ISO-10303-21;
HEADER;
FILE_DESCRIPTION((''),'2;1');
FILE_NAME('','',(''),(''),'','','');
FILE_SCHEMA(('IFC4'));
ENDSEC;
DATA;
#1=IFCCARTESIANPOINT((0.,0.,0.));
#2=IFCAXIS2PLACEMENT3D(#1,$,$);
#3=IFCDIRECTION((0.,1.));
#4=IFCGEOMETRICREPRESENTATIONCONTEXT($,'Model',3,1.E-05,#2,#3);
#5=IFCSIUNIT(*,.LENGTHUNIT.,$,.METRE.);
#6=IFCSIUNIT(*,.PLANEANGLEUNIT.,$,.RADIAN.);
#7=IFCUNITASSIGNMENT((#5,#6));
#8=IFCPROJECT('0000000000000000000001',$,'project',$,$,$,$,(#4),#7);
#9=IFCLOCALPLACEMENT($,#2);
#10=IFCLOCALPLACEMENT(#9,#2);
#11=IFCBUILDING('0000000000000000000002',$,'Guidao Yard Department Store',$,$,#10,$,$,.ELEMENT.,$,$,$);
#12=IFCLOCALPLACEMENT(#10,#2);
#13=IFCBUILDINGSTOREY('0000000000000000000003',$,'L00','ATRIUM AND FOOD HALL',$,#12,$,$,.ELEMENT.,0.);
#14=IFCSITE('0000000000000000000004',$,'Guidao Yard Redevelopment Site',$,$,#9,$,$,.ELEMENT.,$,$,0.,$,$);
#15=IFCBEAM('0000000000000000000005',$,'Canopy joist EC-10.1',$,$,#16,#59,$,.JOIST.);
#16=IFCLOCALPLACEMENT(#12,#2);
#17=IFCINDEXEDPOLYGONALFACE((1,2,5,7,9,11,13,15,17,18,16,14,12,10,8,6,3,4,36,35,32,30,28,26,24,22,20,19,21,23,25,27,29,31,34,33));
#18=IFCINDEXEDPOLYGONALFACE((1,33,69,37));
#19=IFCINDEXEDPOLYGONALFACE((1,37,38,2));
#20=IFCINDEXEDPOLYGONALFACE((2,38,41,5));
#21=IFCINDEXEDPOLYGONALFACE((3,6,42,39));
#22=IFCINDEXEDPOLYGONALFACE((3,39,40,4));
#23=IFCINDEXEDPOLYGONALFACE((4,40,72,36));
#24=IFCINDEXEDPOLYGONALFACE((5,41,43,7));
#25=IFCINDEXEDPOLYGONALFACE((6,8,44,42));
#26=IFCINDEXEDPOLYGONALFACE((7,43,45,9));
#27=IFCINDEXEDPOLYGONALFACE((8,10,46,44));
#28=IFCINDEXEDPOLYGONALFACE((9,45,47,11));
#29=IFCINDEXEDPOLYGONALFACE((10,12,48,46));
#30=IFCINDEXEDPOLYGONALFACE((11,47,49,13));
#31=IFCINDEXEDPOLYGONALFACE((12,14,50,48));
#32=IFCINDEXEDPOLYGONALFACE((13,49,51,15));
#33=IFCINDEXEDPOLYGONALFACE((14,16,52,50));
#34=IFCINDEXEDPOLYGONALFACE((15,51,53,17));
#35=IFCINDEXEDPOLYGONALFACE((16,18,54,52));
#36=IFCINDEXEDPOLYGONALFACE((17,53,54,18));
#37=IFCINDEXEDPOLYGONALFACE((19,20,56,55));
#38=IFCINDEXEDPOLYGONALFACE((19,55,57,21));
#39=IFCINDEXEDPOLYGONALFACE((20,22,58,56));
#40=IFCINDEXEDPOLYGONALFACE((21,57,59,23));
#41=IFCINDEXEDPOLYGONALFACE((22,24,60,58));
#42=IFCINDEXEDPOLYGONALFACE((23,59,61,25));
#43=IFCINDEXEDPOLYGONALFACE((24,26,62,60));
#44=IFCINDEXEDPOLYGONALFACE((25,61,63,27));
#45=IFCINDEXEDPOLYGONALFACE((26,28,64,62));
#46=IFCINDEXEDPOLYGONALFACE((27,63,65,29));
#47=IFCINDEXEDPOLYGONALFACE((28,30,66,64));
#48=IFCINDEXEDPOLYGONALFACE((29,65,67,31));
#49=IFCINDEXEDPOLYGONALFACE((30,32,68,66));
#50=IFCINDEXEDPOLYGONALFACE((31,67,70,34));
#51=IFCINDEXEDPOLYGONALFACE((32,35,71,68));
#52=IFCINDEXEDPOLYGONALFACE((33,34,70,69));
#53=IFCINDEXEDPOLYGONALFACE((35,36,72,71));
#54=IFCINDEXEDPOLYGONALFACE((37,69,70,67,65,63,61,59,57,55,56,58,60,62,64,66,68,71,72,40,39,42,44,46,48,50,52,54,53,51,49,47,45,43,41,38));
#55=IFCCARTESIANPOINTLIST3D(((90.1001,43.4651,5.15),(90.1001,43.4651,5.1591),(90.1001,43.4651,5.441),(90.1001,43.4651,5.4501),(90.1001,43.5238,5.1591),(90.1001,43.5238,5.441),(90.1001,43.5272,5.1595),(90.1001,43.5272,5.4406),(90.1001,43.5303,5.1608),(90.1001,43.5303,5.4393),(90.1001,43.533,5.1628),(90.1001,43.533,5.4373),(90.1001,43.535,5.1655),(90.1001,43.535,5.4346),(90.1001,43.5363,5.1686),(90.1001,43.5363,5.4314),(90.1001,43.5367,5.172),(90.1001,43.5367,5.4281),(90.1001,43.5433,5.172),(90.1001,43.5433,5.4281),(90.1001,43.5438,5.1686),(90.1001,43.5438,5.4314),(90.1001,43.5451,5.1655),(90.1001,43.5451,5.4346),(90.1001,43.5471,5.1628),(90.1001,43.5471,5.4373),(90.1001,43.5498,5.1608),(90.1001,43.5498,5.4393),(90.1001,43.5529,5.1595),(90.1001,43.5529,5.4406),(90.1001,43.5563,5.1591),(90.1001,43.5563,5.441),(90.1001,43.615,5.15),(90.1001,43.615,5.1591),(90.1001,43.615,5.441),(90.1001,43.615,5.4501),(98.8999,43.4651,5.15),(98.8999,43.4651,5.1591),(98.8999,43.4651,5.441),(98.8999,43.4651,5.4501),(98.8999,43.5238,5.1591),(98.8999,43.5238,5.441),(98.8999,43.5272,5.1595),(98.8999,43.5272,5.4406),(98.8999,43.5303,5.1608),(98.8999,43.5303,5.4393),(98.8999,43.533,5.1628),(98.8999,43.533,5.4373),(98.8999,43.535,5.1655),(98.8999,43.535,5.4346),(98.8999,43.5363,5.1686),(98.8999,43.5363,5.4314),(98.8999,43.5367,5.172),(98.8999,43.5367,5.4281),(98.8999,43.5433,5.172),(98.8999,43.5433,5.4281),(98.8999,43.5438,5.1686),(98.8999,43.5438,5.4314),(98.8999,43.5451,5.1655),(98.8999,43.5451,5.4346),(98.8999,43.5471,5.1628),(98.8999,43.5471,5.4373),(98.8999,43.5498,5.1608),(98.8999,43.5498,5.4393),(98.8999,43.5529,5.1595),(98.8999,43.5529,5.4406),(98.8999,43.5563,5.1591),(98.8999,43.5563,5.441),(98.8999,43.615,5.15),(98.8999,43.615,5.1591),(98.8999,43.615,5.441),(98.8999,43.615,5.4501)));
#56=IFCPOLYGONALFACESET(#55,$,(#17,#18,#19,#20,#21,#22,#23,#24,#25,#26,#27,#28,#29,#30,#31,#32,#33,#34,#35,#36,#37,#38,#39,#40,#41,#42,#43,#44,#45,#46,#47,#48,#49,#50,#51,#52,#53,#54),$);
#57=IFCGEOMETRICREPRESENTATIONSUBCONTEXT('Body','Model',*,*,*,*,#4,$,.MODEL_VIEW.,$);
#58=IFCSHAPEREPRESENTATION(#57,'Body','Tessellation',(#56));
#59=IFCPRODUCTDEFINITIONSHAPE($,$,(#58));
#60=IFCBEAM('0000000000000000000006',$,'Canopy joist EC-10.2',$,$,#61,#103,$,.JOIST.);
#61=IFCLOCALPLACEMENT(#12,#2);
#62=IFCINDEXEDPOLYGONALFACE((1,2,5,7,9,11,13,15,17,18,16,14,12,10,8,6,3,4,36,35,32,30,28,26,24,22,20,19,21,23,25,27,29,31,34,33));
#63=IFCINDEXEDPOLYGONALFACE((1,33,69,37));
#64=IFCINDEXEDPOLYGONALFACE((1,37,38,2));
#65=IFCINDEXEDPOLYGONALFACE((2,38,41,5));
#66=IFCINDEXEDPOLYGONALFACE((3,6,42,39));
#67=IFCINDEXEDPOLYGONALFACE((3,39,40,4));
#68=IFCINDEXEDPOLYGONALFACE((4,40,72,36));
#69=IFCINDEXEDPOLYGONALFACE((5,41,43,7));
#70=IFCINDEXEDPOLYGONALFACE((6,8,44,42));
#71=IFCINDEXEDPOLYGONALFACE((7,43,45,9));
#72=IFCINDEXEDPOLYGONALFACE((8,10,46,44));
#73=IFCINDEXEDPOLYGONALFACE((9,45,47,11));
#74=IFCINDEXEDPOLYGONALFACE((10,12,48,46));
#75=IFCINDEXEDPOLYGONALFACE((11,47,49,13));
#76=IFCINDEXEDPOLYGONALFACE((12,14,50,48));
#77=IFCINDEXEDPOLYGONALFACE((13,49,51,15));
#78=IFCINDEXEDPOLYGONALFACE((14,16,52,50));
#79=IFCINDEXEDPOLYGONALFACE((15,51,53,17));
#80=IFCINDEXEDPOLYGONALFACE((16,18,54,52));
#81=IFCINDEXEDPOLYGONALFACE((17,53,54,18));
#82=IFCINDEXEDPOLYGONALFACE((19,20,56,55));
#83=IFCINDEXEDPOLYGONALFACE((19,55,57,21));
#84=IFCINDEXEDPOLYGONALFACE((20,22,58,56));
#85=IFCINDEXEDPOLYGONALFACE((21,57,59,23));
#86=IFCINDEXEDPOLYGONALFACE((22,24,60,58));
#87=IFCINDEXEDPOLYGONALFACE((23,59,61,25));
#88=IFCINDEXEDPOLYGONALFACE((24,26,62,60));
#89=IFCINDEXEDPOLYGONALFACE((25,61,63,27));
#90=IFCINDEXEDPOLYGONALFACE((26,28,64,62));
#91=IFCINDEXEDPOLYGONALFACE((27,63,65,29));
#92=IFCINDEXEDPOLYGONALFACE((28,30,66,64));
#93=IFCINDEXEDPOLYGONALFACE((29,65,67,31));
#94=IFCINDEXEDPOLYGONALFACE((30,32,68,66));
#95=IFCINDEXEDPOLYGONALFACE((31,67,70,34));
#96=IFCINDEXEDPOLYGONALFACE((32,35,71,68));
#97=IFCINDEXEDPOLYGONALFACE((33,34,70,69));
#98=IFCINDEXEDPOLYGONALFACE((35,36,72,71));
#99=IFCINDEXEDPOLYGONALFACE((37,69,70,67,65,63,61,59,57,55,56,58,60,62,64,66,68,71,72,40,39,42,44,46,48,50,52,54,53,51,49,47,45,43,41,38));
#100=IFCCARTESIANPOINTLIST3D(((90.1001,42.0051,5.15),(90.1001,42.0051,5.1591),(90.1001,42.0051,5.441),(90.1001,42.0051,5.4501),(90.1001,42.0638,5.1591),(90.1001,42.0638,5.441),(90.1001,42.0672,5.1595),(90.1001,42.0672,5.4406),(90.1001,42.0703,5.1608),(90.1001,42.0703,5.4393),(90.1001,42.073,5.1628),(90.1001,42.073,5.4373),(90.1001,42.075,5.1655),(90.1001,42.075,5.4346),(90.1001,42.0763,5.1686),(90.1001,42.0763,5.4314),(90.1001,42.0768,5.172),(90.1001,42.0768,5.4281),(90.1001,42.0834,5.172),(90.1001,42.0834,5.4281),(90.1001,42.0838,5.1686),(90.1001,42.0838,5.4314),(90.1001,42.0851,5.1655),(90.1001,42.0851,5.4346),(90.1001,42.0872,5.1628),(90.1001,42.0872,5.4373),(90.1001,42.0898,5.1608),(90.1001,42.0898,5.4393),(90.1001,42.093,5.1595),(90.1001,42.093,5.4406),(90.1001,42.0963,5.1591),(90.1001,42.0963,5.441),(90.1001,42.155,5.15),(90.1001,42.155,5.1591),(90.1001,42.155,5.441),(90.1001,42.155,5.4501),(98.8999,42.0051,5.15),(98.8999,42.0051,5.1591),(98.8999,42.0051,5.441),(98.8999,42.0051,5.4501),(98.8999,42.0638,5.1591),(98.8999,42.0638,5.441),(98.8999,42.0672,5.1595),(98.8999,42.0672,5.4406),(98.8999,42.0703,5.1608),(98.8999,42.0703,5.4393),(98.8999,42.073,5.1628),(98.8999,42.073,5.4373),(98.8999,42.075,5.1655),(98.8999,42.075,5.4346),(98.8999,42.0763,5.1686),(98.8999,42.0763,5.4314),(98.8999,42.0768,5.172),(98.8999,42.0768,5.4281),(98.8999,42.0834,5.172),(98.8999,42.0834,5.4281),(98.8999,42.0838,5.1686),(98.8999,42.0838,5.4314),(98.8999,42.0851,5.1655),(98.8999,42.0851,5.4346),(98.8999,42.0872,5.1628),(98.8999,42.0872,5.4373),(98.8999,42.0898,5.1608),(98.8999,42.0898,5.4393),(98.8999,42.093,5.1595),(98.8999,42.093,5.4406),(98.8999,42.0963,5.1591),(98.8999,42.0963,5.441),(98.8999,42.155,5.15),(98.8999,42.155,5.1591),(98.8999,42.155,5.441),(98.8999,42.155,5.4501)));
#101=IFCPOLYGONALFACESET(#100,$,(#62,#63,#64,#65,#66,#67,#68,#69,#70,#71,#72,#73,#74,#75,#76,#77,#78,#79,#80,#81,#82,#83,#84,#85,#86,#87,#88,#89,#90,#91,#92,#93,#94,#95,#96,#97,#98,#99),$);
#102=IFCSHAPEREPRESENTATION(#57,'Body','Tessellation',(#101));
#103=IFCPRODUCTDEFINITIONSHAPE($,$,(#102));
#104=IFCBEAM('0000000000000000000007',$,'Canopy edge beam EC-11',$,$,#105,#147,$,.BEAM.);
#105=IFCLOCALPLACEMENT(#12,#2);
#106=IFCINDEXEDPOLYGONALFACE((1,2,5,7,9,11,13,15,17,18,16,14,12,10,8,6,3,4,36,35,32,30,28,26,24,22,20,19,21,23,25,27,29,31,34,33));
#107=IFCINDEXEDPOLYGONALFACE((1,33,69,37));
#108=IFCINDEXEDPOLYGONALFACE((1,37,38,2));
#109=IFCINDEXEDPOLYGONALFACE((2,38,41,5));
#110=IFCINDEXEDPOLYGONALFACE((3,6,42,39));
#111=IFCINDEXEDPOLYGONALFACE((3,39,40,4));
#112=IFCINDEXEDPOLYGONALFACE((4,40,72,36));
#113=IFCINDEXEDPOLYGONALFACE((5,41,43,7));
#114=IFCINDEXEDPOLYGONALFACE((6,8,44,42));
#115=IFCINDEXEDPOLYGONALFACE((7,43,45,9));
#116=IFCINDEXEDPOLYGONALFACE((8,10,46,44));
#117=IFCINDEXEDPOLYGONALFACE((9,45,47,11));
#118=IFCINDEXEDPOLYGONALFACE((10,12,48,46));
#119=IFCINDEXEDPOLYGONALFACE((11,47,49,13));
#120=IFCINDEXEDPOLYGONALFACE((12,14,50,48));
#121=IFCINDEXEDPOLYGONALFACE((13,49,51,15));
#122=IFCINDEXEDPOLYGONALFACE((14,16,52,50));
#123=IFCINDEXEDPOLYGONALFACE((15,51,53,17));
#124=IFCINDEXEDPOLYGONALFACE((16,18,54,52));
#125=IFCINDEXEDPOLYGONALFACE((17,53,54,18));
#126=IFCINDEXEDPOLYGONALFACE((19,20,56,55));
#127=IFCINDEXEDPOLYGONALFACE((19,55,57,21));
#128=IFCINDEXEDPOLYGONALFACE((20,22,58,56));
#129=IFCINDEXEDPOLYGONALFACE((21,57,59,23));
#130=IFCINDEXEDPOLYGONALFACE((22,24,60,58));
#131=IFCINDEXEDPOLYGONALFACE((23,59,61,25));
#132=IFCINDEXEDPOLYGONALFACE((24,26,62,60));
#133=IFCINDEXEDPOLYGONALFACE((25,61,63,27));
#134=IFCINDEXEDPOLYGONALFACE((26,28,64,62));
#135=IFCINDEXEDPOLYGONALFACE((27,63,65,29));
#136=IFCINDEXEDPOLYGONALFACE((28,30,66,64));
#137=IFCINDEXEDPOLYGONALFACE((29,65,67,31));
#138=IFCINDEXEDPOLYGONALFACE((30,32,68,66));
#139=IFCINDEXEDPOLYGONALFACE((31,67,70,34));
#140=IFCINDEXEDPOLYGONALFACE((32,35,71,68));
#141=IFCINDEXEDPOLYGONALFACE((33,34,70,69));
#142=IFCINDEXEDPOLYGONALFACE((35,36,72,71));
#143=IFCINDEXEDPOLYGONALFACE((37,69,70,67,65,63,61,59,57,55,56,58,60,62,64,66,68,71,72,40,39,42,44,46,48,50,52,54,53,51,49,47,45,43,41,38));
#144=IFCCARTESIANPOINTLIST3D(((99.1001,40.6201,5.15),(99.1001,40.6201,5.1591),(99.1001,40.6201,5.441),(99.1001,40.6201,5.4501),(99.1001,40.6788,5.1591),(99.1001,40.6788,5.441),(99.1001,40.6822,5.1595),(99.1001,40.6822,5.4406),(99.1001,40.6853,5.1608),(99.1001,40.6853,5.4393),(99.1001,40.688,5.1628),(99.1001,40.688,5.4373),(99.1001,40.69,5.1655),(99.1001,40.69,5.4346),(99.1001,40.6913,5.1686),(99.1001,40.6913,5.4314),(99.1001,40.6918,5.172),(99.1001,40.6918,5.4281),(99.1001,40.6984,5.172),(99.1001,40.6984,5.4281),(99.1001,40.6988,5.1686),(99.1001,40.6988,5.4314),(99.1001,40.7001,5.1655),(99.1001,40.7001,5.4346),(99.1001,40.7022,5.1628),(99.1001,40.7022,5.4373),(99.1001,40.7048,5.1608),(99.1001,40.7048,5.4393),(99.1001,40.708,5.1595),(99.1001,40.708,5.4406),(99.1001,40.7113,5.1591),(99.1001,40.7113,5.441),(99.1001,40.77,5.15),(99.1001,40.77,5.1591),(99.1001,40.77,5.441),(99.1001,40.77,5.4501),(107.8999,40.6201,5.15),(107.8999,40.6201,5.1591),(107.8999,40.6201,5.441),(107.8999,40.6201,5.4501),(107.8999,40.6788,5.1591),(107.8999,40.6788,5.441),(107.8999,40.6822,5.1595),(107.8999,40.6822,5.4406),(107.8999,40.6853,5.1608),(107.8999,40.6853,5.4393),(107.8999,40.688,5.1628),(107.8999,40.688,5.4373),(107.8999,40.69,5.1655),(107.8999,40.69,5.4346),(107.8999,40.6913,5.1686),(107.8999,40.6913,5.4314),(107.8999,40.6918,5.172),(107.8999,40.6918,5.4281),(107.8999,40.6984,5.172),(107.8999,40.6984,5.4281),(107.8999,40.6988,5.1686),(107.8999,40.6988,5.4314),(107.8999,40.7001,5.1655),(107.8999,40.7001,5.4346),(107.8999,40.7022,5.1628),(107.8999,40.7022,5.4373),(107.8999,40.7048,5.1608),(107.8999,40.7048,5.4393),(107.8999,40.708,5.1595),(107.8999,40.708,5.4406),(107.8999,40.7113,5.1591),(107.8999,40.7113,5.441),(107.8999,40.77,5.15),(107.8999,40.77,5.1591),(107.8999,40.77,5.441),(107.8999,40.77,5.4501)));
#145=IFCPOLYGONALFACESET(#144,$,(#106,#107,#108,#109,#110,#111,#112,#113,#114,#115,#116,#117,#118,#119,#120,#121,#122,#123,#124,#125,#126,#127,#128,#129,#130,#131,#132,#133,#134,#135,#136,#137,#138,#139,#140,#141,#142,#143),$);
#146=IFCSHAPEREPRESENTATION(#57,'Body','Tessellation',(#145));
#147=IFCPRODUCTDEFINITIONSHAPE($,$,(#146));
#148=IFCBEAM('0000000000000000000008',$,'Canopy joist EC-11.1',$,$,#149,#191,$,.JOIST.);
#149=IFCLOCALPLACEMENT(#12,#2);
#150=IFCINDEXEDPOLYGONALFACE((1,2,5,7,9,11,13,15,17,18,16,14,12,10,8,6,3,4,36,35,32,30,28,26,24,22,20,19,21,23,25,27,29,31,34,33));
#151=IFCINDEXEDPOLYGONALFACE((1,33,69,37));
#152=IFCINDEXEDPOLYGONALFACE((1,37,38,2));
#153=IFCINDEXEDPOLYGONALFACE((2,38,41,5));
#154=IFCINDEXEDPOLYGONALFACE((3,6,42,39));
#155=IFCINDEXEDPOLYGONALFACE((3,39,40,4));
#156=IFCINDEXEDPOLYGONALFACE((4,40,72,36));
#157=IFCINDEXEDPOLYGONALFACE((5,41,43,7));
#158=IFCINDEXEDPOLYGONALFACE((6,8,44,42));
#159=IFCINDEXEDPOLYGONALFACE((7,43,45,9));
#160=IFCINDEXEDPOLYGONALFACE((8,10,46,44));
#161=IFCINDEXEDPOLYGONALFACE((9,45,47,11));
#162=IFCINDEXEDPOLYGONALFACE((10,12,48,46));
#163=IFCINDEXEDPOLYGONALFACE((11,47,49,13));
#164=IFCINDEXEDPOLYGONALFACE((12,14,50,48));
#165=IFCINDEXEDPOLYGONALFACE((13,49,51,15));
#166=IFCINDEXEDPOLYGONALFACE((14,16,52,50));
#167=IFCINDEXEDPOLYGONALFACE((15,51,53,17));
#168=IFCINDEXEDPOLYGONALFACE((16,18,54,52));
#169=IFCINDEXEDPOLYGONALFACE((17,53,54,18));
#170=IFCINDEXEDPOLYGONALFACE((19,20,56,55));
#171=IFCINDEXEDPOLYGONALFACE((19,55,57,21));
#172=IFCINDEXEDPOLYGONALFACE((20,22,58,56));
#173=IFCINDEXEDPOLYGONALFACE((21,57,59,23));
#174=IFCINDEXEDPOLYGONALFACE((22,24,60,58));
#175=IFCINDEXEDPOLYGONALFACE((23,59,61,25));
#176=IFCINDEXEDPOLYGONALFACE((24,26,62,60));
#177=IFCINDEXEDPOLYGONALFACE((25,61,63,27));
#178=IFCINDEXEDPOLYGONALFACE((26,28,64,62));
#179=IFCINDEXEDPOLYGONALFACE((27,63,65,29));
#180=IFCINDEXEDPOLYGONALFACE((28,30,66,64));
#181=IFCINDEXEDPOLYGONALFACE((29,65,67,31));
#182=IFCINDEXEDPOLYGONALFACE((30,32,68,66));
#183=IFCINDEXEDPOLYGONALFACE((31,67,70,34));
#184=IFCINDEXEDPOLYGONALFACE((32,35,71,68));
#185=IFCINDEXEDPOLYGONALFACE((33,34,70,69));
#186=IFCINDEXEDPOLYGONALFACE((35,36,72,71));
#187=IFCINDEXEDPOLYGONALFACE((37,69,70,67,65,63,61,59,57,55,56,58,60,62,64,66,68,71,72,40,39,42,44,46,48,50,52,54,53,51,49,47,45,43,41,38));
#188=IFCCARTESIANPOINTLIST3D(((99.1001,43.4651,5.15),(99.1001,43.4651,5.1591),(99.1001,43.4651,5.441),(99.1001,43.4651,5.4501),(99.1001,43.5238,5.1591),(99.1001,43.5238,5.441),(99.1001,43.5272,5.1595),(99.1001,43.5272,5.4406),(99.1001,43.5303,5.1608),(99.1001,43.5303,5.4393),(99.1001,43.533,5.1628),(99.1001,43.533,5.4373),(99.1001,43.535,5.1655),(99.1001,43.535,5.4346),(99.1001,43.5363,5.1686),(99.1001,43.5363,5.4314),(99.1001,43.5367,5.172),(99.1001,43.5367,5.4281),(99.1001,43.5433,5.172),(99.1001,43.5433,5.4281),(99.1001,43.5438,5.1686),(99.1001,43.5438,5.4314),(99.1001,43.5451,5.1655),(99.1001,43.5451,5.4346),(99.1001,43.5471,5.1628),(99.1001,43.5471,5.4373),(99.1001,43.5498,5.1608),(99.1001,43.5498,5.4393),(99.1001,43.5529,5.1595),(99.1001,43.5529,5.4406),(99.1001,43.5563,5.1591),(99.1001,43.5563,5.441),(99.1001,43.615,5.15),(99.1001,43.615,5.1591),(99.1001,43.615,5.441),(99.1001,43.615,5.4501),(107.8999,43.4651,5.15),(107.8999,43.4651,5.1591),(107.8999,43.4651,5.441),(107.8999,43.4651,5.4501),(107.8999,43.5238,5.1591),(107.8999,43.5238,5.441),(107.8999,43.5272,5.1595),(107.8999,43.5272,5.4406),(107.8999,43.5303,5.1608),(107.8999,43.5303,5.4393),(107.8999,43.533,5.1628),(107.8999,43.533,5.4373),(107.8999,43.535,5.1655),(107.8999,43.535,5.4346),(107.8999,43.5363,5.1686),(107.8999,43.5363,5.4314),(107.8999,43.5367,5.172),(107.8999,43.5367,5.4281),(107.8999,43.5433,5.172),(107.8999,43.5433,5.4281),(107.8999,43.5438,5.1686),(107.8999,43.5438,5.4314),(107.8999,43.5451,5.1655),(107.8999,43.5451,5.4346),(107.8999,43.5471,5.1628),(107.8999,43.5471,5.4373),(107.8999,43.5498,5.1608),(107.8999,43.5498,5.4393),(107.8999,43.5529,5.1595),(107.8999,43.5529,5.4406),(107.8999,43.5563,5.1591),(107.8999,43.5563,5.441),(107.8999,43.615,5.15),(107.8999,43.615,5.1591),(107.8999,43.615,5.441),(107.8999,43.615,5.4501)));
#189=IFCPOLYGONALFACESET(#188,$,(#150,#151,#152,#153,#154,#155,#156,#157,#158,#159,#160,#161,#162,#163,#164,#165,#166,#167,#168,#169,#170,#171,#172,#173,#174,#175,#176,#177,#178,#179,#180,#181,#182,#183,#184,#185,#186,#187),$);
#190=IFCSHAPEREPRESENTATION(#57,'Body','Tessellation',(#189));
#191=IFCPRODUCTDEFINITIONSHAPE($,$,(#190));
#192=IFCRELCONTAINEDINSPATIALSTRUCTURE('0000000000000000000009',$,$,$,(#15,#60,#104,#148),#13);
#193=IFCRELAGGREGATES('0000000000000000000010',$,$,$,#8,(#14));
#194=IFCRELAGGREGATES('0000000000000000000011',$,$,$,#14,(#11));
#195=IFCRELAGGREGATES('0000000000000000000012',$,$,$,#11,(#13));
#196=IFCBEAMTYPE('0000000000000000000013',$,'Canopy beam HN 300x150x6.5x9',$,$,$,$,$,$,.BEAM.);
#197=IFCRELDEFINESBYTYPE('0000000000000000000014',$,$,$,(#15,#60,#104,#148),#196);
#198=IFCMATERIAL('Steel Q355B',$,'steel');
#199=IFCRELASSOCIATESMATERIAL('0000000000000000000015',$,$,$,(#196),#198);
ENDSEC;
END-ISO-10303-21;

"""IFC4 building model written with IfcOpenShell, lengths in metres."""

from ifc_helpers import new_model, si_unit, direction, frame, origin, origin_2d, place, context, subcontext, project, spatial, i_section, extrude, material, material_profile, profile_set, type_object, element, save


model = new_model("IFC4")

# Units and contexts
model_context = context("Model", 3, precision=1e-05, world=origin(), true_north=direction((0.0, 1.0)))
body_context = subcontext(model_context, "Body", "Model", "MODEL_VIEW")
ifc_project = project(units=[si_unit("LENGTHUNIT", "METRE"), si_unit("PLANEANGLEUNIT", "RADIAN")], contexts=[model_context])

# Site, building, storey
site_placement = place(None, origin())
site = spatial("IfcSite", under=ifc_project, at=site_placement, Name="Guidao Yard Redevelopment Site", CompositionType="ELEMENT", RefElevation=0.0)
building_placement = place(site_placement, origin())
building = spatial("IfcBuilding", under=site, at=building_placement, Name="Guidao Yard Department Store", CompositionType="ELEMENT")
storey_placement = place(building_placement, origin())
storey = spatial("IfcBuildingStorey", under=building, at=storey_placement, Name="L00", Description="ATRIUM AND FOOD HALL", CompositionType="ELEMENT", Elevation=0.0)

# Beams
ifc_material_1 = material(Name="Steel Q355B", Category="steel")
ifc_material_profile_1 = material_profile(ifc_material_1, i_section(OverallWidth=0.1499, OverallDepth=0.3, WebThickness=0.0066, FlangeThickness=0.009, FilletRadius=0.0129, at=origin_2d()), Name="HN 300x150x6.5x9")
ifc_profile_set_1 = profile_set([ifc_material_profile_1], Name="Steel Q355B")
beam_type_1 = type_object("IfcBeamType", Name="Canopy beam HN 300x150x6.5x9", PredefinedType="BEAM", material=ifc_profile_set_1)
for number, where, z_axis, x_axis, name in (
    (1, (90.1001, 43.54, 5.3), (1.0, 0.0, 0.0), (0.0, 1.0, 0.0), "Canopy joist EC-10.1"),
    (2, (90.1001, 42.0801, 5.3), (1.0, 0.0, 0.0), (0.0, 1.0, 0.0), "Canopy joist EC-10.2"),
):
    element("IfcBeam", number, at=place(storey_placement, frame(where, z_axis=z_axis, x_axis=x_axis)), inside=storey, type_object=beam_type_1, Name=name, PredefinedType="JOIST", context=body_context, shape_type="SweptSolid", body=[
        extrude(i_section(OverallWidth=0.1499, OverallDepth=0.3, WebThickness=0.0066, FlangeThickness=0.009, FilletRadius=0.0129, at=origin_2d()), origin(), (0.0, 0.0, 1.0), 8.7998),
    ])
beam_1_placement = place(storey_placement, frame((99.1001, 40.6951, 5.3), z_axis=(1.0, 0.0, 0.0), x_axis=(0.0, 1.0, 0.0)))
element("IfcBeam", 3, at=beam_1_placement, inside=storey, type_object=beam_type_1, Name="Canopy edge beam EC-11", PredefinedType="BEAM", context=body_context, shape_type="SweptSolid", body=[
    extrude(i_section(OverallWidth=0.1499, OverallDepth=0.3, WebThickness=0.0066, FlangeThickness=0.009, FilletRadius=0.0129, at=origin_2d()), origin(), (0.0, 0.0, 1.0), 8.7998),
])
for number, where, z_axis, x_axis, name in (
    (4, (99.1001, 43.54, 5.3), (1.0, 0.0, 0.0), (0.0, 1.0, 0.0), "Canopy joist EC-11.1"),
):
    element("IfcBeam", number, at=place(storey_placement, frame(where, z_axis=z_axis, x_axis=x_axis)), inside=storey, type_object=beam_type_1, Name=name, PredefinedType="JOIST", context=body_context, shape_type="SweptSolid", body=[
        extrude(i_section(OverallWidth=0.1499, OverallDepth=0.3, WebThickness=0.0066, FlangeThickness=0.009, FilletRadius=0.0129, at=origin_2d()), origin(), (0.0, 0.0, 1.0), 8.7998),
    ])

save(model, "model.ifc")
